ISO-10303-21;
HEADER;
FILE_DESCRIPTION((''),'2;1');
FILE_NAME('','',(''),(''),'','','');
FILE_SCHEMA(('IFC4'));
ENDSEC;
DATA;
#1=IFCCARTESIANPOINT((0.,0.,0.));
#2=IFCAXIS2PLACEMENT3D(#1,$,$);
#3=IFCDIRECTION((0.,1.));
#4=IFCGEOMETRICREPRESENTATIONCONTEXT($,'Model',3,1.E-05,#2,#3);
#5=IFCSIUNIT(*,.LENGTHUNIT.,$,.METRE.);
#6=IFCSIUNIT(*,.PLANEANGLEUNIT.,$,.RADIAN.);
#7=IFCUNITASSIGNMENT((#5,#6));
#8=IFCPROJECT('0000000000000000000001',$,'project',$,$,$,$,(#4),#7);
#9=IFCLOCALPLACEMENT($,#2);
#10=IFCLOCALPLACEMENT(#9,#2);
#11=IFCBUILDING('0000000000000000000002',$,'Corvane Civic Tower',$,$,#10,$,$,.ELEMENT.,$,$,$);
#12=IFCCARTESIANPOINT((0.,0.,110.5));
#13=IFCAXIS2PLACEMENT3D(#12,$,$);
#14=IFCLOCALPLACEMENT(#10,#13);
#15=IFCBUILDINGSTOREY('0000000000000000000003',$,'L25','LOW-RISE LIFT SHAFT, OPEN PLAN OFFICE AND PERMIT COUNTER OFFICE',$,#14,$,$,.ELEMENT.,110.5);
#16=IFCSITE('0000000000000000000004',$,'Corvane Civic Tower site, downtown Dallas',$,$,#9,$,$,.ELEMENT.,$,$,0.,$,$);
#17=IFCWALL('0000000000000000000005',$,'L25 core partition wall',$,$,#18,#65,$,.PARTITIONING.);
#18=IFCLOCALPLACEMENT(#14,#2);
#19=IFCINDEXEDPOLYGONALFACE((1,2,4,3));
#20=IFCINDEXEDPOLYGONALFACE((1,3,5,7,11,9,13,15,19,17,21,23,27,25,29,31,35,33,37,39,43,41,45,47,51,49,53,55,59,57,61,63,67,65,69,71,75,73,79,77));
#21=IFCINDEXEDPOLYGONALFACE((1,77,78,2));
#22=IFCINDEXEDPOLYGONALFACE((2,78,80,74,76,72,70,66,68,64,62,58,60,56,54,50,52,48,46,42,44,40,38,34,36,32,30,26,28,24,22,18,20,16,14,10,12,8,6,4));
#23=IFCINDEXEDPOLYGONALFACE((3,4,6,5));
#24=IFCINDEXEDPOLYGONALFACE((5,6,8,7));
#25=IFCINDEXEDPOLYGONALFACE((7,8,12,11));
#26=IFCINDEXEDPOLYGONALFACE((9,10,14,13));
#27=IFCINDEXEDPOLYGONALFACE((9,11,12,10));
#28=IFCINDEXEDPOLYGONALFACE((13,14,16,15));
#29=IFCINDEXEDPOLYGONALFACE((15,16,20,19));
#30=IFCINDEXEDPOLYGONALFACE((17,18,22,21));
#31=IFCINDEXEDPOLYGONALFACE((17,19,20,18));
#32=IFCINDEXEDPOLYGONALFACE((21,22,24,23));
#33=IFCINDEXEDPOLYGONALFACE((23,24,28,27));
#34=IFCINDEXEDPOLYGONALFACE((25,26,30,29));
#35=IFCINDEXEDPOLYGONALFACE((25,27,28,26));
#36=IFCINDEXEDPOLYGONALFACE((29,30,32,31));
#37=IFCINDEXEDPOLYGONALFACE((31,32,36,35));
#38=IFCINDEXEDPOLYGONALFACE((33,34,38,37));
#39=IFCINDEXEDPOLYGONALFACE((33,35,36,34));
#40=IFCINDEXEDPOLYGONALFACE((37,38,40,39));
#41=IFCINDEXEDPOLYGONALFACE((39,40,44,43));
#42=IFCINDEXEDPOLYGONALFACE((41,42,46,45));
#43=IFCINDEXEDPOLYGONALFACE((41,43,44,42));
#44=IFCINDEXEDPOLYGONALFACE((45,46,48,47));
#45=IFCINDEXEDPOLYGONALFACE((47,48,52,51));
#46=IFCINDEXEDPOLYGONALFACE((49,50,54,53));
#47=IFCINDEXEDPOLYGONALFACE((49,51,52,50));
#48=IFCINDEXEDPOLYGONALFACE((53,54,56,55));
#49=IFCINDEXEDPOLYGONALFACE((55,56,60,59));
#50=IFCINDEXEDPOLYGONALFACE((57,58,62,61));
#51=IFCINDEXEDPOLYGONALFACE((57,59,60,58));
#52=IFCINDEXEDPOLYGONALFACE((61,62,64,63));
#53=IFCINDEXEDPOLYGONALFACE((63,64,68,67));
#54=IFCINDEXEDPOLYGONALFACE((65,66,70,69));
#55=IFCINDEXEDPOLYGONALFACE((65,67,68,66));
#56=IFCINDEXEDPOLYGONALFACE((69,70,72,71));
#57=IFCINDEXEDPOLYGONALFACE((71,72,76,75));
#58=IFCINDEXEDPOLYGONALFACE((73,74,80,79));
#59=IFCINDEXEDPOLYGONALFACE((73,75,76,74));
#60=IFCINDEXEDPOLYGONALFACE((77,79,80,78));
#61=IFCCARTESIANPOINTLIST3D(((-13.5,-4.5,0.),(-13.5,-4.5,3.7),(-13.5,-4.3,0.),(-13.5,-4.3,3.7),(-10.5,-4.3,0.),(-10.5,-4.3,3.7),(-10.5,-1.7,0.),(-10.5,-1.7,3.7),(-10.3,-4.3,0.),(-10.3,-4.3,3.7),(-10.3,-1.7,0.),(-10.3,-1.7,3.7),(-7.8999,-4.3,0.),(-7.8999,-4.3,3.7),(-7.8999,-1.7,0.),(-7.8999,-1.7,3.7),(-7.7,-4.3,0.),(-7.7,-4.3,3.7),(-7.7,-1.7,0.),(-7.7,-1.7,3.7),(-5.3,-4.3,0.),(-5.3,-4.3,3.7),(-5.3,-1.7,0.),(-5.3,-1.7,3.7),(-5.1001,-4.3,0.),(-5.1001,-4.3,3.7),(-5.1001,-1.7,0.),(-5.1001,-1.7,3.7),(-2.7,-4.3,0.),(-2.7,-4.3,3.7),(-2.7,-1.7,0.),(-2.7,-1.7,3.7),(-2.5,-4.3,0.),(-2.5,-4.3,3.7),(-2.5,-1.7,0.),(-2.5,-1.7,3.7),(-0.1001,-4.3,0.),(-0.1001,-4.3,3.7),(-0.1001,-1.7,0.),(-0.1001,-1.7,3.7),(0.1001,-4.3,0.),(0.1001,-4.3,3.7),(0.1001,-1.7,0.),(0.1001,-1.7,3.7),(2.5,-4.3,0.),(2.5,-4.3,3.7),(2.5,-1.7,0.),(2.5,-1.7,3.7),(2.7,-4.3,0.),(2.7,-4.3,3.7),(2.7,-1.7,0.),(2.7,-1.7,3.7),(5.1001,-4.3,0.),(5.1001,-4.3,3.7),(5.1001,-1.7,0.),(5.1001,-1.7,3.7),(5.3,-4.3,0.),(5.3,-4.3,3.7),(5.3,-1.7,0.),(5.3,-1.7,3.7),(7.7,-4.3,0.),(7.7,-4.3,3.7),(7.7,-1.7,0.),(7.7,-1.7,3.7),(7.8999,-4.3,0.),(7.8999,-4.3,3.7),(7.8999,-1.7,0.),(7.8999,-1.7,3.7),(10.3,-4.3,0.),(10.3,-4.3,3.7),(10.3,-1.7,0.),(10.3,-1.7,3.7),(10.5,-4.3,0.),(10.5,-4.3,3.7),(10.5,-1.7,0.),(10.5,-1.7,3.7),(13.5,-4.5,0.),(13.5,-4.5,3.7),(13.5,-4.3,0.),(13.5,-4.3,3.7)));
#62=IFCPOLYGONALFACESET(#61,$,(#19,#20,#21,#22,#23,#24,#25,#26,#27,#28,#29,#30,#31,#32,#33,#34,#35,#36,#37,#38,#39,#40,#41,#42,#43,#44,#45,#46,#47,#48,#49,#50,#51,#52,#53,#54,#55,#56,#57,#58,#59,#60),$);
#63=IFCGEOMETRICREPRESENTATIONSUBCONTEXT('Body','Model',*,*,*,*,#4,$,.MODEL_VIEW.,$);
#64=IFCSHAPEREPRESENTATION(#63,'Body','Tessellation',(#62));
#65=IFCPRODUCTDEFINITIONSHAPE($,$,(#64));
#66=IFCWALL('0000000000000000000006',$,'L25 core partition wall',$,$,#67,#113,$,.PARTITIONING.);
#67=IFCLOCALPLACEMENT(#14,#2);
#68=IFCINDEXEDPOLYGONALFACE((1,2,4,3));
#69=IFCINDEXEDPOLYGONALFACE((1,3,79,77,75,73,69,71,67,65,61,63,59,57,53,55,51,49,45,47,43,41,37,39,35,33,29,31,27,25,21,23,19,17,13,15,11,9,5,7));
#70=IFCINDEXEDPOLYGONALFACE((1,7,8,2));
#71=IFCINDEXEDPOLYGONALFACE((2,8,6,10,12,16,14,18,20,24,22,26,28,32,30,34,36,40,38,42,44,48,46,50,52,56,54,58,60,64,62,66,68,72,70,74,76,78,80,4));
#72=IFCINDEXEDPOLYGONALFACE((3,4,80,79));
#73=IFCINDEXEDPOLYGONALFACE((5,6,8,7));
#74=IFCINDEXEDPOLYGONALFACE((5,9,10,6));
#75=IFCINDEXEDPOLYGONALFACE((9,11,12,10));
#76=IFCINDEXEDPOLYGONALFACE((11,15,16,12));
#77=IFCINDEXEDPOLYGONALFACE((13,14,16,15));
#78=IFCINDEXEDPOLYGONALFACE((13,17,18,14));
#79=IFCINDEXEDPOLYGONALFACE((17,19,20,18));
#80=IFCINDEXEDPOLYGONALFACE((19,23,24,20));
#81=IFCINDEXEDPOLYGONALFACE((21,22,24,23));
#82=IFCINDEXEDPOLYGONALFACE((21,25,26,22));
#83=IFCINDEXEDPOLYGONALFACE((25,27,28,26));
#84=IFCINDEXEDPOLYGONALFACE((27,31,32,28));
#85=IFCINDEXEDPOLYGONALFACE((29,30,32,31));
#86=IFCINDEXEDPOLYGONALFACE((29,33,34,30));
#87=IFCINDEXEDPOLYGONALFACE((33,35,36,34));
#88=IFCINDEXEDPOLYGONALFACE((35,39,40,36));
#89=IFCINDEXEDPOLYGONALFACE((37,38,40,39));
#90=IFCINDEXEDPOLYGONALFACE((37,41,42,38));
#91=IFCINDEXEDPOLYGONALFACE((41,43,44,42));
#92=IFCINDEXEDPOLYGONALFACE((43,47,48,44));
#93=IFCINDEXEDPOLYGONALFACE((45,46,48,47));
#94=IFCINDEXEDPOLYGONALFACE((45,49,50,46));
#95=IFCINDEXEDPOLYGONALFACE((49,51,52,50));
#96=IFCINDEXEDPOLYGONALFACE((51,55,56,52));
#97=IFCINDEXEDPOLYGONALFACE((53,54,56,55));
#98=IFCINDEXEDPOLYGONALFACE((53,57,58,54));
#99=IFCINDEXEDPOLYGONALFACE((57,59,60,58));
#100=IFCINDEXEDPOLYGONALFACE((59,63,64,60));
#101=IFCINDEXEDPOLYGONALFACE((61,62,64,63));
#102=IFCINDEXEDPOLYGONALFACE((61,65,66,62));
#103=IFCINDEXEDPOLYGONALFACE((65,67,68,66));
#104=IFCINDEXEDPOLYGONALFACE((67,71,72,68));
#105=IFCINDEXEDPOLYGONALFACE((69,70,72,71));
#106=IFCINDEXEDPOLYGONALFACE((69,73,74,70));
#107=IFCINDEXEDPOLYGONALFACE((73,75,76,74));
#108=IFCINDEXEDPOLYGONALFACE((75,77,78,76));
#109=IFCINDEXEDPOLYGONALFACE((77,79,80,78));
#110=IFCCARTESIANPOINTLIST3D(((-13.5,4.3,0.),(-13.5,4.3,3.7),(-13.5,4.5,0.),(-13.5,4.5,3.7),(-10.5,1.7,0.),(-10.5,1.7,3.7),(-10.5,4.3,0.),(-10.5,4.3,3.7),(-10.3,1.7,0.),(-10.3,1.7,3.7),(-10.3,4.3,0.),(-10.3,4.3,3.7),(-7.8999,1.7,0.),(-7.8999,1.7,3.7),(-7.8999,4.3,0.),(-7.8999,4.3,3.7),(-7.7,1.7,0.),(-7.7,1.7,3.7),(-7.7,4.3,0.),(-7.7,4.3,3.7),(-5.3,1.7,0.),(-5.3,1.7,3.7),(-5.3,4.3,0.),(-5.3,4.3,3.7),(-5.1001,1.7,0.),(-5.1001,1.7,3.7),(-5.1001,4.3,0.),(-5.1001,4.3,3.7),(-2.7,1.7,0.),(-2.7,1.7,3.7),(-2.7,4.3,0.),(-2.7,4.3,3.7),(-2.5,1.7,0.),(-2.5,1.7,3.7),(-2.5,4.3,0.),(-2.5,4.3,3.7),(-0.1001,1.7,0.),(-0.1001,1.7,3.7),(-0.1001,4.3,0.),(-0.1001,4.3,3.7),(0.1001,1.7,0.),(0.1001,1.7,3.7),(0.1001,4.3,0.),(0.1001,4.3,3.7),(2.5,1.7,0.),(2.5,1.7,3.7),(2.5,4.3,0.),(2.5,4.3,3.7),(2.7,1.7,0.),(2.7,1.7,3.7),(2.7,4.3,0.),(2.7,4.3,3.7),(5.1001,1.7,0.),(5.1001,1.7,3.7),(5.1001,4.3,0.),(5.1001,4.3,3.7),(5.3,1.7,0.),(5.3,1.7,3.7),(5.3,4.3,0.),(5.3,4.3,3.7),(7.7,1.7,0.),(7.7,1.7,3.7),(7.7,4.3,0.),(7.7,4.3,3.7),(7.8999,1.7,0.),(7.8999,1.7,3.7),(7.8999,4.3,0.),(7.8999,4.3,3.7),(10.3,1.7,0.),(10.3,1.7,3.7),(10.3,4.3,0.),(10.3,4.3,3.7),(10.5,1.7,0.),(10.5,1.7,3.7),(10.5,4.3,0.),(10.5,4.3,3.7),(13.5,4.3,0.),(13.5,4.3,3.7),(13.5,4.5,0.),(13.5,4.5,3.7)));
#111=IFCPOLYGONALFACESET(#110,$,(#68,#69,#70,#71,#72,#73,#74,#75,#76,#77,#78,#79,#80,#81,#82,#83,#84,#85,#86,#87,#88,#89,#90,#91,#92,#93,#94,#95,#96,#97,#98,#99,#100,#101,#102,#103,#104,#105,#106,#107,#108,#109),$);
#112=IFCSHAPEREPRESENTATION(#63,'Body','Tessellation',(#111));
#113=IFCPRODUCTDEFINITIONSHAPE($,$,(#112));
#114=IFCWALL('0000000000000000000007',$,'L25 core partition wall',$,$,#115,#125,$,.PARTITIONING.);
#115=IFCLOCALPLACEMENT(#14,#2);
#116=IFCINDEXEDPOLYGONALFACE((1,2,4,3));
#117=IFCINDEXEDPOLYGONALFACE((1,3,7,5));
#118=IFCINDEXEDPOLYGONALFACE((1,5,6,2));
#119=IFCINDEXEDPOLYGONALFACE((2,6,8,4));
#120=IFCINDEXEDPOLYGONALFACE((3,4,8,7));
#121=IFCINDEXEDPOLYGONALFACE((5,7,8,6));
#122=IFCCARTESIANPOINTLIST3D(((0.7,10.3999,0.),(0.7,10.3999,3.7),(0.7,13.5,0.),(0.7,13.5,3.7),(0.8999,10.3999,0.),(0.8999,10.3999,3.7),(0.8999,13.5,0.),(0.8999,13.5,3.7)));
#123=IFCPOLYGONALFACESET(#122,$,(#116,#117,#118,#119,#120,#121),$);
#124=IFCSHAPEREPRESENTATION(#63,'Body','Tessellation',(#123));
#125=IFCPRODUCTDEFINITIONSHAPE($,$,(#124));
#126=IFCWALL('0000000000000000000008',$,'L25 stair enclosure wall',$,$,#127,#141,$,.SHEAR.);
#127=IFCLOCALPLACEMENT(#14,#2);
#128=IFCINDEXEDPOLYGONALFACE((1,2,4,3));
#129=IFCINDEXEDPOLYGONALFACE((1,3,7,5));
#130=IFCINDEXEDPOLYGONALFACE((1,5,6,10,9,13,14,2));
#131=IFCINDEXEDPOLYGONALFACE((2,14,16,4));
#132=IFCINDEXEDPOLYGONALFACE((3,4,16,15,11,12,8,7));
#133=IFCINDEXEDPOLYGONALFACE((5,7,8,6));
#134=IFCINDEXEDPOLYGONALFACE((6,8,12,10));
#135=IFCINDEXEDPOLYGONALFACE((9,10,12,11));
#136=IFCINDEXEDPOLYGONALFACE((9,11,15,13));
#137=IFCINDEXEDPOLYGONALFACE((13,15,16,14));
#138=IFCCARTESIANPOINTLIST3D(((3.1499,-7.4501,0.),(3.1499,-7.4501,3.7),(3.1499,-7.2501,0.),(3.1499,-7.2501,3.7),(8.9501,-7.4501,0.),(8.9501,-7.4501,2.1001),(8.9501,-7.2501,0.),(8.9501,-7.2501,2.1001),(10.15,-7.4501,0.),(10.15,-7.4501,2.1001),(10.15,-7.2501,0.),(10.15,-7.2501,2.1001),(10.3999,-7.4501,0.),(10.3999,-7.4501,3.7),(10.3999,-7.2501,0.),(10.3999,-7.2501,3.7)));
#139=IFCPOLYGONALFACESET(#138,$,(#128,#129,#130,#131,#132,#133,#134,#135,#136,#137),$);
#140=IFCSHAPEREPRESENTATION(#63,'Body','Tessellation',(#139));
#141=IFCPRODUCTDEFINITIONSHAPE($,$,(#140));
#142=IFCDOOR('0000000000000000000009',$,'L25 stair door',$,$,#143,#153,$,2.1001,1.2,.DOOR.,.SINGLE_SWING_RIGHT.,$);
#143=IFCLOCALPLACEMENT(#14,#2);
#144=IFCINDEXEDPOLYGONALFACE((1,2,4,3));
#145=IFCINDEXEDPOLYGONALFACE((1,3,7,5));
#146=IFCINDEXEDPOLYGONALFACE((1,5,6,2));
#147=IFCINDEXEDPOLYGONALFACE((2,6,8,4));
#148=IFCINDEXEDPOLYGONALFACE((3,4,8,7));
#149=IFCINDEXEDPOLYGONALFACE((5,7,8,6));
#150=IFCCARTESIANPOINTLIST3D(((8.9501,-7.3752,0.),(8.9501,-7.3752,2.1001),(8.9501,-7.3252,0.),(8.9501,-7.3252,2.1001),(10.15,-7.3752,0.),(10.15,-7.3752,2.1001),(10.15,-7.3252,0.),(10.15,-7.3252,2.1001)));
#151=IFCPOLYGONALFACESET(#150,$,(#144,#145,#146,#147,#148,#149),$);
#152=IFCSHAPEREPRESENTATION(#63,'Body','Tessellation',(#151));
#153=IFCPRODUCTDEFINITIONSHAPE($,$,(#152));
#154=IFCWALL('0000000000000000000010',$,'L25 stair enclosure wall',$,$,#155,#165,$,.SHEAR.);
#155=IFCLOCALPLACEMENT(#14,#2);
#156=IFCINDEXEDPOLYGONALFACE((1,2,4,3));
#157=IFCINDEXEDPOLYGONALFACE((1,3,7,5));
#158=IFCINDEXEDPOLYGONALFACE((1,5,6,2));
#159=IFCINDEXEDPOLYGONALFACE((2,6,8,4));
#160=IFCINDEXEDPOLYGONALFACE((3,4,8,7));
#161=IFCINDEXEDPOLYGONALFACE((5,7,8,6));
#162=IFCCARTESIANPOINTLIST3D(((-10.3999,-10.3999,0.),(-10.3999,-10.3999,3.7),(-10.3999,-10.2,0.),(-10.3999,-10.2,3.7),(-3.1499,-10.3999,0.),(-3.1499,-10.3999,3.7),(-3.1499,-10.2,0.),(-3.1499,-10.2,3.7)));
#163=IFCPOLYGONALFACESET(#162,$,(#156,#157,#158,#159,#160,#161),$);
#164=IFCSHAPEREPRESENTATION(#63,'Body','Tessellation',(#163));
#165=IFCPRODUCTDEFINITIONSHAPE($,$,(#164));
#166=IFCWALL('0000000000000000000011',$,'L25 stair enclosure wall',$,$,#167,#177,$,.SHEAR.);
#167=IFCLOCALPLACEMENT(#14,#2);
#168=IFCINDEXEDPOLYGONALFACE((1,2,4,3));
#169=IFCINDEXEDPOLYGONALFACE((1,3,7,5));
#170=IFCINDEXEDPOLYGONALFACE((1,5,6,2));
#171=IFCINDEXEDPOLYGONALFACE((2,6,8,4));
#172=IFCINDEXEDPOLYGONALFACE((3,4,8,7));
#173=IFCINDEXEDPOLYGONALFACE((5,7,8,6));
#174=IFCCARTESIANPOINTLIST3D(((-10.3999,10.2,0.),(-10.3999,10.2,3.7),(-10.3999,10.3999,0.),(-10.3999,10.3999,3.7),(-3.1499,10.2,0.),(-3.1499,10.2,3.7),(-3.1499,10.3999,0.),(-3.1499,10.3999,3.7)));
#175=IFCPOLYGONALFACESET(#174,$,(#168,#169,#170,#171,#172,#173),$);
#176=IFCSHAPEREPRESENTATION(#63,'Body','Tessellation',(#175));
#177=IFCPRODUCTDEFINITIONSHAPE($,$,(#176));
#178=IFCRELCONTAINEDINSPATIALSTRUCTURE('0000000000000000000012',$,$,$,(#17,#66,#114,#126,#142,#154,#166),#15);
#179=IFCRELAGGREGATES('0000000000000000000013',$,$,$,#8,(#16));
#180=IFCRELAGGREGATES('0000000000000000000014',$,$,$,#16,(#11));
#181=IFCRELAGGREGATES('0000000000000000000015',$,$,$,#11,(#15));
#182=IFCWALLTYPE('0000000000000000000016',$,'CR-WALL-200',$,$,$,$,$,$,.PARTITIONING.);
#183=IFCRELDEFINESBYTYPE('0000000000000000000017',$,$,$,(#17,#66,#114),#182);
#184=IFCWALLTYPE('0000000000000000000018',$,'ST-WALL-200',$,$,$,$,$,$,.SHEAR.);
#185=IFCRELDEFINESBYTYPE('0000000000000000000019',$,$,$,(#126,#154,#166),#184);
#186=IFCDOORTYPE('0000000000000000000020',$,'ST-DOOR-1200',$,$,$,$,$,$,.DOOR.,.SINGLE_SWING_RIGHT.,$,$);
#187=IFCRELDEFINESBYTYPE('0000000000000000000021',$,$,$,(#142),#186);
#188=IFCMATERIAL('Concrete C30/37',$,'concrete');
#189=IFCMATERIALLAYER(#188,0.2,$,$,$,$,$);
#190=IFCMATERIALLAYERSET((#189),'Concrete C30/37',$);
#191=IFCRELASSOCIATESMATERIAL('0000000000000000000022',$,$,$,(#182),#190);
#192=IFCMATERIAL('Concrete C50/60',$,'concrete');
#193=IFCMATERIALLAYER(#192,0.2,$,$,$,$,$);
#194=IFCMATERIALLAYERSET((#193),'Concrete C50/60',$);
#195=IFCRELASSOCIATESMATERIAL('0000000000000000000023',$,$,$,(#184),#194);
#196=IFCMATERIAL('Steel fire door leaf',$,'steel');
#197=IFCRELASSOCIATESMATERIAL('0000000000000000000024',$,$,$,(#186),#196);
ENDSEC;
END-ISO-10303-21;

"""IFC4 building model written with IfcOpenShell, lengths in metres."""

from ifc_helpers import new_model, si_unit, direction, frame, frame_2d, origin, place, context, subcontext, project, spatial, polyline, rectangle, outline, extrude, material, layer, layer_set, type_object, element, fill, save


model = new_model("IFC4")

# Units and contexts
model_context = context("Model", 3, precision=1e-05, world=origin(), true_north=direction((0.0, 1.0)))
body_context = subcontext(model_context, "Body", "Model", "MODEL_VIEW")
ifc_project = project(units=[si_unit("LENGTHUNIT", "METRE"), si_unit("PLANEANGLEUNIT", "RADIAN")], contexts=[model_context])

# Site, building, storey
site_placement = place(None, origin())
site = spatial("IfcSite", under=ifc_project, at=site_placement, Name="Corvane Civic Tower site, downtown Dallas", CompositionType="ELEMENT", RefElevation=0.0)
building_placement = place(site_placement, origin())
building = spatial("IfcBuilding", under=site, at=building_placement, Name="Corvane Civic Tower", CompositionType="ELEMENT")
storey_placement = place(building_placement, frame((0.0, 0.0, 110.5)))
storey = spatial("IfcBuildingStorey", under=building, at=storey_placement, Name="L25", Description="LOW-RISE LIFT SHAFT, OPEN PLAN OFFICE AND PERMIT COUNTER OFFICE", CompositionType="ELEMENT", Elevation=110.5)

# Shared definitions
ifc_material_1 = material(Name="Concrete C30/37", Category="concrete")
ifc_layer_1 = layer(ifc_material_1, 0.2)
ifc_layer_set_1 = layer_set([ifc_layer_1], Name="Concrete C30/37")
wall_type_1 = type_object("IfcWallType", Name="CR-WALL-200", PredefinedType="PARTITIONING", material=ifc_layer_set_1)

# Walls
wall_1_placement = place(storey_placement, origin())
element("IfcWall", 1, at=wall_1_placement, inside=storey, type_object=wall_type_1, Name="L25 core partition wall", PredefinedType="PARTITIONING", context=body_context, shape_type="SweptSolid", body=[
    extrude(outline(polyline([(-10.3, -1.7), (-10.3, -4.3), (-7.8999, -4.3), (-7.8999, -1.7), (-7.7, -1.7), (-7.7, -4.3), (-5.3, -4.3), (-5.3, -1.7), (-5.1001, -1.7), (-5.1001, -4.3), (-2.7, -4.3), (-2.7, -1.7), (-2.5, -1.7), (-2.5, -4.3), (-0.1001, -4.3), (-0.1001, -1.7), (0.1001, -1.7), (0.1001, -4.3), (2.5, -4.3), (2.5, -1.7), (2.7, -1.7), (2.7, -4.3), (5.1001, -4.3), (5.1001, -1.7), (5.3, -1.7), (5.3, -4.3), (7.7, -4.3), (7.7, -1.7), (7.8999, -1.7), (7.8999, -4.3), (10.3, -4.3), (10.3, -1.7), (10.5, -1.7), (10.5, -4.3), (13.5, -4.3), (13.5, -4.5), (-13.5, -4.5), (-13.5, -4.3), (-10.5, -4.3), (-10.5, -1.7), (-10.3, -1.7)])), origin(), (0.0, 0.0, 1.0), 3.7),
])
wall_2_placement = place(storey_placement, origin())
element("IfcWall", 2, at=wall_2_placement, inside=storey, type_object=wall_type_1, Name="L25 core partition wall", PredefinedType="PARTITIONING", context=body_context, shape_type="SweptSolid", body=[
    extrude(outline(polyline([(0.1001, 1.7), (-0.1001, 1.7), (-0.1001, 4.3), (-2.5, 4.3), (-2.5, 1.7), (-2.7, 1.7), (-2.7, 4.3), (-5.1001, 4.3), (-5.1001, 1.7), (-5.3, 1.7), (-5.3, 4.3), (-7.7, 4.3), (-7.7, 1.7), (-7.8999, 1.7), (-7.8999, 4.3), (-10.3, 4.3), (-10.3, 1.7), (-10.5, 1.7), (-10.5, 4.3), (-13.5, 4.3), (-13.5, 4.5), (13.5, 4.5), (13.5, 4.3), (10.5, 4.3), (10.5, 1.7), (10.3, 1.7), (10.3, 4.3), (7.8999, 4.3), (7.8999, 1.7), (7.7, 1.7), (7.7, 4.3), (5.3, 4.3), (5.3, 1.7), (5.1001, 1.7), (5.1001, 4.3), (2.7, 4.3), (2.7, 1.7), (2.5, 1.7), (2.5, 4.3), (0.1001, 4.3), (0.1001, 1.7)])), origin(), (0.0, 0.0, 1.0), 3.7),
])
wall_3_placement = place(storey_placement, origin())
element("IfcWall", 3, at=wall_3_placement, inside=storey, type_object=wall_type_1, Name="L25 core partition wall", PredefinedType="PARTITIONING", context=body_context, shape_type="SweptSolid", body=[
    extrude(outline(polyline([(0.8999, 10.3999), (0.7, 10.3999), (0.7, 13.5), (0.8999, 13.5), (0.8999, 10.3999)])), origin(), (0.0, 0.0, 1.0), 3.7),
])

# Wall, opening, door
ifc_material_2 = material(Name="Concrete C50/60", Category="concrete")
ifc_layer_2 = layer(ifc_material_2, 0.2)
ifc_layer_set_2 = layer_set([ifc_layer_2], Name="Concrete C50/60")
wall_type_2 = type_object("IfcWallType", Name="ST-WALL-200", PredefinedType="SHEAR", material=ifc_layer_set_2)
wall_4_placement = place(storey_placement, frame((3.1499, -7.3501, 0.0), z_axis=(0.0, 0.0, 1.0), x_axis=(1.0, 0.0, 0.0)))
wall_4 = element("IfcWall", 4, at=wall_4_placement, inside=storey, type_object=wall_type_2, Name="L25 stair enclosure wall", PredefinedType="SHEAR", context=body_context, shape_type="SweptSolid", body=[
    extrude(rectangle(XDim=7.25, YDim=0.2, at=frame_2d((3.625, 0.0))), origin(), (0.0, 0.0, 1.0), 3.7),
])
opening_1_placement = place(wall_4_placement, frame((5.8, 0.0, 0.0)))
opening_1 = element("IfcOpeningElement", 5, at=opening_1_placement, cuts=wall_4, PredefinedType="OPENING", context=body_context, shape_type="SweptSolid", body=[
    extrude(rectangle(XDim=1.2, YDim=2.1001, at=frame_2d((0.6001, 1.05))), frame((0.0, 0.1099, 0.0), z_axis=(0.0, -1.0, 0.0), x_axis=(1.0, 0.0, 0.0)), (0.0, 0.0, 1.0), 0.22),
])
ifc_material_3 = material(Name="Steel fire door leaf", Category="steel")
door_type_1 = type_object("IfcDoorType", Name="ST-DOOR-1200", OperationType="SINGLE_SWING_RIGHT", PredefinedType="DOOR", material=ifc_material_3)
door_1_placement = place(opening_1_placement, origin())
door_1 = element("IfcDoor", 6, at=door_1_placement, inside=storey, type_object=door_type_1, Name="L25 stair door", OperationType="SINGLE_SWING_RIGHT", OverallHeight=2.1001, OverallWidth=1.2, PredefinedType="DOOR", context=body_context, shape_type="SweptSolid", body=[
    extrude(rectangle(XDim=1.2, YDim=2.1001, at=frame_2d((0.6001, 1.05))), frame((0.0, 0.0249, 0.0), z_axis=(0.0, -1.0, 0.0), x_axis=(1.0, 0.0, 0.0)), (0.0, 0.0, 1.0), 0.05),
])
fill(opening_1, door_1)

# Walls
wall_5_placement = place(storey_placement, origin())
element("IfcWall", 7, at=wall_5_placement, inside=storey, type_object=wall_type_2, Name="L25 stair enclosure wall", PredefinedType="SHEAR", context=body_context, shape_type="SweptSolid", body=[
    extrude(outline(polyline([(-3.1499, -10.2), (-3.1499, -10.3999), (-10.3999, -10.3999), (-10.3999, -10.2), (-3.1499, -10.2)])), origin(), (0.0, 0.0, 1.0), 3.7),
])
wall_6_placement = place(storey_placement, origin())
element("IfcWall", 8, at=wall_6_placement, inside=storey, type_object=wall_type_2, Name="L25 stair enclosure wall", PredefinedType="SHEAR", context=body_context, shape_type="SweptSolid", body=[
    extrude(outline(polyline([(-3.1499, 10.2), (-10.3999, 10.2), (-10.3999, 10.3999), (-3.1499, 10.3999), (-3.1499, 10.2)])), origin(), (0.0, 0.0, 1.0), 3.7),
])

save(model, "model.ifc")
